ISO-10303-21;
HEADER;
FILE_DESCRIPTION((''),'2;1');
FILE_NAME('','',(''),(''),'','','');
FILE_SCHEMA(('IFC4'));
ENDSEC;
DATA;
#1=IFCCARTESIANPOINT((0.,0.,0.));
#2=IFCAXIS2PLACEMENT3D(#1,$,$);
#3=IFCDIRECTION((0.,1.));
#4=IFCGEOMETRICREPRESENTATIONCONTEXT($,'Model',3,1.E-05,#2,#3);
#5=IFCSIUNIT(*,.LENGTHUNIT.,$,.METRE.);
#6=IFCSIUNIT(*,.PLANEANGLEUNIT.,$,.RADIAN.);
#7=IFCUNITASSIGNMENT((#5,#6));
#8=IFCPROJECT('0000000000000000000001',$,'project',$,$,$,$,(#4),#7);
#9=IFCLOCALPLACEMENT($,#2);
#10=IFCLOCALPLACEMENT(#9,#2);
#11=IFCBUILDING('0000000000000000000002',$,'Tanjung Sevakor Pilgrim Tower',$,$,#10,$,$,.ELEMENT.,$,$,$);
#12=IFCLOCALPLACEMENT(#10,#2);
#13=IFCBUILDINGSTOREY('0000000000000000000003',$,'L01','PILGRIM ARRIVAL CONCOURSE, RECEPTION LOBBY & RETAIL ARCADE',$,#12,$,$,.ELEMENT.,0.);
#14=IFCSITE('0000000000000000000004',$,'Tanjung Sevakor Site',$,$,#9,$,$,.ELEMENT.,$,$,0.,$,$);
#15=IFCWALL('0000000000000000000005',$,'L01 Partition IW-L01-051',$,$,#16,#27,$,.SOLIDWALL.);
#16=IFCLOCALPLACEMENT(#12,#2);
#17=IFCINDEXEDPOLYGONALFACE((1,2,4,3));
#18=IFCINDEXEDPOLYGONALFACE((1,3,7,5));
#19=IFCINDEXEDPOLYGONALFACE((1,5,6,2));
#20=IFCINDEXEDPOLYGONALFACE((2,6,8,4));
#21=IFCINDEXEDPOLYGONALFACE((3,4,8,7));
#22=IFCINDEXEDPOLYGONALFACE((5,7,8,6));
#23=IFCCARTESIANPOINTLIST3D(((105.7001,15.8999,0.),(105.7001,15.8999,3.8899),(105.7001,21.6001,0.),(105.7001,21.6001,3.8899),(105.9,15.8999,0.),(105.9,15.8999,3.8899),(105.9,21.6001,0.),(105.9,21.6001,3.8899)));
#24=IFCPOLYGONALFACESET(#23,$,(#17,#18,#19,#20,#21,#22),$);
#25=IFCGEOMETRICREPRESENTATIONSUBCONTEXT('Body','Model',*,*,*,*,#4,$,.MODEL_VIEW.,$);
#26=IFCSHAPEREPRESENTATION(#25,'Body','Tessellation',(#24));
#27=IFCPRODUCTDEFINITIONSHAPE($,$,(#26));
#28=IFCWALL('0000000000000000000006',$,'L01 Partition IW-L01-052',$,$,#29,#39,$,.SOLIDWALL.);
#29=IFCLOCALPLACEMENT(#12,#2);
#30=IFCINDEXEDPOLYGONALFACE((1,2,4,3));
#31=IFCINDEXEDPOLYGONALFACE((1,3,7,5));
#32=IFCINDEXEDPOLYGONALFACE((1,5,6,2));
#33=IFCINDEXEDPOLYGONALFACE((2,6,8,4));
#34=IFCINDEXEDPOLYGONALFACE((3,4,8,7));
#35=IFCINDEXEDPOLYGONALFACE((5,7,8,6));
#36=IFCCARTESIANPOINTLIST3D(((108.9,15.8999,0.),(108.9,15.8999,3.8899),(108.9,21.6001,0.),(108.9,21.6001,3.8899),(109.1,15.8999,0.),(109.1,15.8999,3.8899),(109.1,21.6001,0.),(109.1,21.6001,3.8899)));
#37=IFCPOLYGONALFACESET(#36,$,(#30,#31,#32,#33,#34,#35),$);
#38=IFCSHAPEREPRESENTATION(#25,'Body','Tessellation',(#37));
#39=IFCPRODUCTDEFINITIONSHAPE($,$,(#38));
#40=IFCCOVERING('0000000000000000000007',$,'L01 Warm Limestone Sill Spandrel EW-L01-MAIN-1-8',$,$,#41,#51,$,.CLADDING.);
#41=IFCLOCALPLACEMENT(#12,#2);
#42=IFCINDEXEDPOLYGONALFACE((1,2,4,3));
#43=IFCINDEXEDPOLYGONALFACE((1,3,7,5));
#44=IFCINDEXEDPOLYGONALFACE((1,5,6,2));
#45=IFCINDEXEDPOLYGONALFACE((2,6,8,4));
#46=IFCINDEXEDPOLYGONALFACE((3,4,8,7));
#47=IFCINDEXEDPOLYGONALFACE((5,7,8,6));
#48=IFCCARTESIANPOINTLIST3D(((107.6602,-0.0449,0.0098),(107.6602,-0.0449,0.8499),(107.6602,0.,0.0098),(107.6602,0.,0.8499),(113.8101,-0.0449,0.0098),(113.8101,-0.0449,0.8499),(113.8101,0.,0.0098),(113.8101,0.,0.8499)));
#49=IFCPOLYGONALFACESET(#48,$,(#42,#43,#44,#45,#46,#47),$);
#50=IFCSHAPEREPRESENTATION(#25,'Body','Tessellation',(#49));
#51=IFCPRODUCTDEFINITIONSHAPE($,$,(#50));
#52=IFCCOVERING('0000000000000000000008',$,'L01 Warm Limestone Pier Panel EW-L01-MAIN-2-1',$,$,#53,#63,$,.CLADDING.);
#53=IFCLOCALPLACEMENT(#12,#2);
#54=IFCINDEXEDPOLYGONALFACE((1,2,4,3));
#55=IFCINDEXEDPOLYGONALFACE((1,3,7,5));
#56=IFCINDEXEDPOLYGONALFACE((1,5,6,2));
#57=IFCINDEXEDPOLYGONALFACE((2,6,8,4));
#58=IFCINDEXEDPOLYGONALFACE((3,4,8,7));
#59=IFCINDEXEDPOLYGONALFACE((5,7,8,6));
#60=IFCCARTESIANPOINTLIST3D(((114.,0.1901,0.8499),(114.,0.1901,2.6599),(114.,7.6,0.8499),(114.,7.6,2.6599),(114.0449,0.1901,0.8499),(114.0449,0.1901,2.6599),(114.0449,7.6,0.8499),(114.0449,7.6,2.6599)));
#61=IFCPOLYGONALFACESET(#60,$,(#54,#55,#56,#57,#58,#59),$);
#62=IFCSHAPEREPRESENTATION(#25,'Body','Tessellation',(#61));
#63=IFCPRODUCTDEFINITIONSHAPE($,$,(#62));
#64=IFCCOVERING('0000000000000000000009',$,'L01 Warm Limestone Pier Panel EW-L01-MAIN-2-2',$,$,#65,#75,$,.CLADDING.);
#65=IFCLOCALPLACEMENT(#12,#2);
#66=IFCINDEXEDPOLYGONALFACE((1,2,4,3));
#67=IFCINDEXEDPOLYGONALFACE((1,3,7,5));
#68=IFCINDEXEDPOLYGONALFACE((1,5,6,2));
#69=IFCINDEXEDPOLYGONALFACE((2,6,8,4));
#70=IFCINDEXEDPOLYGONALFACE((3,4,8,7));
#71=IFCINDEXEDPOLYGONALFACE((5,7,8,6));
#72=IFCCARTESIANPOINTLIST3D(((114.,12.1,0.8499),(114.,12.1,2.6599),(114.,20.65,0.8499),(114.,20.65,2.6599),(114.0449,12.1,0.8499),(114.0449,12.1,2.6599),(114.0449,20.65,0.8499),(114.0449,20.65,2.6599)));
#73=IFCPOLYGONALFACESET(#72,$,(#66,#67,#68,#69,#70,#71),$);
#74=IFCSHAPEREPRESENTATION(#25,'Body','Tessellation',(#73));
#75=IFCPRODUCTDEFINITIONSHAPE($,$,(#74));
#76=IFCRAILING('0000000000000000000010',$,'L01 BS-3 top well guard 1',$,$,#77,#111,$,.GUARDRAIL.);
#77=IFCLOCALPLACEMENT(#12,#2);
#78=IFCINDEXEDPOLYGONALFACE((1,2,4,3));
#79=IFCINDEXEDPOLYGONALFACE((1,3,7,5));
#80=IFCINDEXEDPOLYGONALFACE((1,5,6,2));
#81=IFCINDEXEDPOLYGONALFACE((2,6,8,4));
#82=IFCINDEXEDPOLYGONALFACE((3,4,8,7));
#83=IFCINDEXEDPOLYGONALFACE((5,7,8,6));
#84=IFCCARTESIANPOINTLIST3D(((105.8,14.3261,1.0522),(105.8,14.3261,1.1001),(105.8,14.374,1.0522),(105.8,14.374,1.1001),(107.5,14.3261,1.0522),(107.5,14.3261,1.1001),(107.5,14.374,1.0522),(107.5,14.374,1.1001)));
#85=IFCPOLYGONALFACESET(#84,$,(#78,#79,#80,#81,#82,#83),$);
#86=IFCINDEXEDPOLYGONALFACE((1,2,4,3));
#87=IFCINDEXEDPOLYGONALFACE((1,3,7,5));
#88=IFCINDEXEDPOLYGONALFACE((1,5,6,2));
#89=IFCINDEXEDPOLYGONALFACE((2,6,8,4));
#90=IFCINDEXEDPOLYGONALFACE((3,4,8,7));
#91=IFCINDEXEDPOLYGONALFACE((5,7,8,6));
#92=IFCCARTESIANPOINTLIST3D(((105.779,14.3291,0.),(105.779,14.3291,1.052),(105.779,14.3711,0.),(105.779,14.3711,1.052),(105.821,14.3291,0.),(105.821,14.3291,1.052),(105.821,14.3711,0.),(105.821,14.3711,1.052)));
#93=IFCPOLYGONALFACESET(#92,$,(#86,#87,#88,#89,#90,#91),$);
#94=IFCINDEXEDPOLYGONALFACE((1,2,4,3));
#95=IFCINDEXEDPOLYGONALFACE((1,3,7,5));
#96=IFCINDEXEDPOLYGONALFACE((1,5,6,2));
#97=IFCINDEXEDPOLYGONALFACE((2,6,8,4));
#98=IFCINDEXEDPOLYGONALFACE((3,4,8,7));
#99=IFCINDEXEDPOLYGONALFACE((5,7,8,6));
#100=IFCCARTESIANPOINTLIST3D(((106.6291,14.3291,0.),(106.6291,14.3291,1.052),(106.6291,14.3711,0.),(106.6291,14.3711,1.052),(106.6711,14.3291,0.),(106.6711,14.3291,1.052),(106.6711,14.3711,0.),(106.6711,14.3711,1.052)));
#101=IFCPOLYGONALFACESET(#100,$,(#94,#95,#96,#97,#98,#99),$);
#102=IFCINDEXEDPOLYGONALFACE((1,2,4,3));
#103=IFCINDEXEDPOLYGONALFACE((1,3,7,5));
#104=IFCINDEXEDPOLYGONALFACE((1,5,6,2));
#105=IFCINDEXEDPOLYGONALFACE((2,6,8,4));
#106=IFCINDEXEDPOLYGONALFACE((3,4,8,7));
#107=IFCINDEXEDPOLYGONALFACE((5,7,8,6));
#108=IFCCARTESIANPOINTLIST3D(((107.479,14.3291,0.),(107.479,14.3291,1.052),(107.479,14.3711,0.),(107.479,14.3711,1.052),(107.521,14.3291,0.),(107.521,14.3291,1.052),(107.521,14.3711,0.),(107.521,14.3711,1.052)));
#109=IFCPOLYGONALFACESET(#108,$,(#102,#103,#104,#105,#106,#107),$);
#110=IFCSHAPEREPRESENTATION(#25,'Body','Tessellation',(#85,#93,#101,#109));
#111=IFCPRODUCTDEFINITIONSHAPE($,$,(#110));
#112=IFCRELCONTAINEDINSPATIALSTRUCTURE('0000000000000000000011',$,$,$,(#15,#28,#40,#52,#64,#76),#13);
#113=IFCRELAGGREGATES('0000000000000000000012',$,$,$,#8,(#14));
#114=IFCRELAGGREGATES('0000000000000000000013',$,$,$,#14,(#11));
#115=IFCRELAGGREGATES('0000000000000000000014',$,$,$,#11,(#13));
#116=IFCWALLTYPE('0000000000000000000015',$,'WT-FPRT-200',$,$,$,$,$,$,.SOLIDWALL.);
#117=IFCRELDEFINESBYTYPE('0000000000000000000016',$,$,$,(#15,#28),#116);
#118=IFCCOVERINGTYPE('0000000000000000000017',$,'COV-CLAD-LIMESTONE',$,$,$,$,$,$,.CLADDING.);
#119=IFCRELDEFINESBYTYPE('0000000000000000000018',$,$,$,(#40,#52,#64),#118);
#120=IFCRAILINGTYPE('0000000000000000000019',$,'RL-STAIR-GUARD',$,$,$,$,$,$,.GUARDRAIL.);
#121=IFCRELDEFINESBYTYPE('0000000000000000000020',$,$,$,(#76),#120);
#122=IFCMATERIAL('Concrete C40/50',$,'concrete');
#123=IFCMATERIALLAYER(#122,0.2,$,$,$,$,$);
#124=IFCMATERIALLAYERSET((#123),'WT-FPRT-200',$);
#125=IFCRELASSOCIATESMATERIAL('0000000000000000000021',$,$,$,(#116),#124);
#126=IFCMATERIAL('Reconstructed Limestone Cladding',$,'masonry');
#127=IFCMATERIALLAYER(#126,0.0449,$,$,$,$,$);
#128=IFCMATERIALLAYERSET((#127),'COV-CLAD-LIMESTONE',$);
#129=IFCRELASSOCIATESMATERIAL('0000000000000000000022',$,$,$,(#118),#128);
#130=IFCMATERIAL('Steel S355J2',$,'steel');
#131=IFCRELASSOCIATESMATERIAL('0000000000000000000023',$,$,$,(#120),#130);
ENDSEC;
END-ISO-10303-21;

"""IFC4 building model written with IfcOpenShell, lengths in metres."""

from ifc_helpers import new_model, si_unit, direction, frame, frame_2d, origin, origin_2d, place, context, subcontext, project, spatial, rectangle, extrude, material, layer, layer_set, type_object, element, save


model = new_model("IFC4")

# Units and contexts
model_context = context("Model", 3, precision=1e-05, world=origin(), true_north=direction((0.0, 1.0)))
body_context = subcontext(model_context, "Body", "Model", "MODEL_VIEW")
ifc_project = project(units=[si_unit("LENGTHUNIT", "METRE"), si_unit("PLANEANGLEUNIT", "RADIAN")], contexts=[model_context])

# Site, building, storey
site_placement = place(None, origin())
site = spatial("IfcSite", under=ifc_project, at=site_placement, Name="Tanjung Sevakor Site", CompositionType="ELEMENT", RefElevation=0.0)
building_placement = place(site_placement, origin())
building = spatial("IfcBuilding", under=site, at=building_placement, Name="Tanjung Sevakor Pilgrim Tower", CompositionType="ELEMENT")
storey_placement = place(building_placement, origin())
storey = spatial("IfcBuildingStorey", under=building, at=storey_placement, Name="L01", Description="PILGRIM ARRIVAL CONCOURSE, RECEPTION LOBBY & RETAIL ARCADE", CompositionType="ELEMENT", Elevation=0.0)

# Walls
ifc_material_1 = material(Name="Concrete C40/50", Category="concrete")
ifc_layer_1 = layer(ifc_material_1, 0.2)
ifc_layer_set_1 = layer_set([ifc_layer_1], Name="WT-FPRT-200")
wall_type_1 = type_object("IfcWallType", Name="WT-FPRT-200", PredefinedType="SOLIDWALL", material=ifc_layer_set_1)
for number, where, z_axis, x_axis, name in (
    (1, (105.8, 15.8999, 0.0), (0.0, 0.0, 1.0), (0.0, 1.0, 0.0), "L01 Partition IW-L01-051"),
    (2, (109.0, 15.8999, 0.0), (0.0, 0.0, 1.0), (0.0, 1.0, 0.0), "L01 Partition IW-L01-052"),
):
    element("IfcWall", number, at=place(storey_placement, frame(where, z_axis=z_axis, x_axis=x_axis)), inside=storey, type_object=wall_type_1, Name=name, PredefinedType="SOLIDWALL", context=body_context, shape_type="SweptSolid", body=[
        extrude(rectangle(XDim=5.7002, YDim=0.2, at=frame_2d((2.8501, 0.0))), origin(), (0.0, 0.0, 1.0), 3.8899),
    ])

# Coverings
ifc_material_2 = material(Name="Reconstructed Limestone Cladding", Category="masonry")
ifc_layer_2 = layer(ifc_material_2, 0.0449)
ifc_layer_set_2 = layer_set([ifc_layer_2], Name="COV-CLAD-LIMESTONE")
covering_type = type_object("IfcCoveringType", Name="COV-CLAD-LIMESTONE", PredefinedType="CLADDING", material=ifc_layer_set_2)
covering_1_placement = place(storey_placement, frame((110.7351, -0.0225, 0.0098), z_axis=(0.0, 0.0, 1.0), x_axis=(1.0, 0.0, 0.0)))
element("IfcCovering", 3, at=covering_1_placement, inside=storey, type_object=covering_type, Name="L01 Warm Limestone Sill Spandrel EW-L01-MAIN-1-8", PredefinedType="CLADDING", context=body_context, shape_type="SweptSolid", body=[
    extrude(rectangle(XDim=6.1499, YDim=0.0449, at=origin_2d()), origin(), (0.0, 0.0, 1.0), 0.8401),
])
covering_2_placement = place(storey_placement, frame((114.0225, 3.895, 0.8499), z_axis=(0.0, 0.0, 1.0), x_axis=(0.0, 1.0, 0.0)))
element("IfcCovering", 4, at=covering_2_placement, inside=storey, type_object=covering_type, Name="L01 Warm Limestone Pier Panel EW-L01-MAIN-2-1", PredefinedType="CLADDING", context=body_context, shape_type="SweptSolid", body=[
    extrude(rectangle(XDim=7.4099, YDim=0.0449, at=origin_2d()), origin(), (0.0, 0.0, 1.0), 1.8101),
])
covering_3_placement = place(storey_placement, frame((114.0225, 16.375, 0.8499), z_axis=(0.0, 0.0, 1.0), x_axis=(0.0, 1.0, 0.0)))
element("IfcCovering", 5, at=covering_3_placement, inside=storey, type_object=covering_type, Name="L01 Warm Limestone Pier Panel EW-L01-MAIN-2-2", PredefinedType="CLADDING", context=body_context, shape_type="SweptSolid", body=[
    extrude(rectangle(XDim=8.55, YDim=0.0449, at=origin_2d()), origin(), (0.0, 0.0, 1.0), 1.8101),
])

# Railing
ifc_material_3 = material(Name="Steel S355J2", Category="steel")
railing_type = type_object("IfcRailingType", Name="RL-STAIR-GUARD", PredefinedType="GUARDRAIL", material=ifc_material_3)
railing_placement = place(storey_placement, frame((105.8, 14.3501, 0.0)))
element("IfcRailing", 6, at=railing_placement, inside=storey, type_object=railing_type, Name="L01 BS-3 top well guard 1", PredefinedType="GUARDRAIL", context=body_context, shape_type="SweptSolid", body=[
    extrude(rectangle(XDim=0.0479, YDim=0.0479), frame((0.0, 0.0, 1.0762), z_axis=(1.0, 0.0, 0.0), x_axis=(0.0, 1.0, 0.0)), (0.0, 0.0, 1.0), 1.7),
    extrude(rectangle(XDim=0.042, YDim=0.042), origin(), (0.0, 0.0, 1.0), 1.052),
    extrude(rectangle(XDim=0.042, YDim=0.042), frame((0.8501, 0.0, 0.0)), (0.0, 0.0, 1.0), 1.052),
    extrude(rectangle(XDim=0.042, YDim=0.042), frame((1.7, 0.0, 0.0)), (0.0, 0.0, 1.0), 1.052),
])

save(model, "model.ifc")
